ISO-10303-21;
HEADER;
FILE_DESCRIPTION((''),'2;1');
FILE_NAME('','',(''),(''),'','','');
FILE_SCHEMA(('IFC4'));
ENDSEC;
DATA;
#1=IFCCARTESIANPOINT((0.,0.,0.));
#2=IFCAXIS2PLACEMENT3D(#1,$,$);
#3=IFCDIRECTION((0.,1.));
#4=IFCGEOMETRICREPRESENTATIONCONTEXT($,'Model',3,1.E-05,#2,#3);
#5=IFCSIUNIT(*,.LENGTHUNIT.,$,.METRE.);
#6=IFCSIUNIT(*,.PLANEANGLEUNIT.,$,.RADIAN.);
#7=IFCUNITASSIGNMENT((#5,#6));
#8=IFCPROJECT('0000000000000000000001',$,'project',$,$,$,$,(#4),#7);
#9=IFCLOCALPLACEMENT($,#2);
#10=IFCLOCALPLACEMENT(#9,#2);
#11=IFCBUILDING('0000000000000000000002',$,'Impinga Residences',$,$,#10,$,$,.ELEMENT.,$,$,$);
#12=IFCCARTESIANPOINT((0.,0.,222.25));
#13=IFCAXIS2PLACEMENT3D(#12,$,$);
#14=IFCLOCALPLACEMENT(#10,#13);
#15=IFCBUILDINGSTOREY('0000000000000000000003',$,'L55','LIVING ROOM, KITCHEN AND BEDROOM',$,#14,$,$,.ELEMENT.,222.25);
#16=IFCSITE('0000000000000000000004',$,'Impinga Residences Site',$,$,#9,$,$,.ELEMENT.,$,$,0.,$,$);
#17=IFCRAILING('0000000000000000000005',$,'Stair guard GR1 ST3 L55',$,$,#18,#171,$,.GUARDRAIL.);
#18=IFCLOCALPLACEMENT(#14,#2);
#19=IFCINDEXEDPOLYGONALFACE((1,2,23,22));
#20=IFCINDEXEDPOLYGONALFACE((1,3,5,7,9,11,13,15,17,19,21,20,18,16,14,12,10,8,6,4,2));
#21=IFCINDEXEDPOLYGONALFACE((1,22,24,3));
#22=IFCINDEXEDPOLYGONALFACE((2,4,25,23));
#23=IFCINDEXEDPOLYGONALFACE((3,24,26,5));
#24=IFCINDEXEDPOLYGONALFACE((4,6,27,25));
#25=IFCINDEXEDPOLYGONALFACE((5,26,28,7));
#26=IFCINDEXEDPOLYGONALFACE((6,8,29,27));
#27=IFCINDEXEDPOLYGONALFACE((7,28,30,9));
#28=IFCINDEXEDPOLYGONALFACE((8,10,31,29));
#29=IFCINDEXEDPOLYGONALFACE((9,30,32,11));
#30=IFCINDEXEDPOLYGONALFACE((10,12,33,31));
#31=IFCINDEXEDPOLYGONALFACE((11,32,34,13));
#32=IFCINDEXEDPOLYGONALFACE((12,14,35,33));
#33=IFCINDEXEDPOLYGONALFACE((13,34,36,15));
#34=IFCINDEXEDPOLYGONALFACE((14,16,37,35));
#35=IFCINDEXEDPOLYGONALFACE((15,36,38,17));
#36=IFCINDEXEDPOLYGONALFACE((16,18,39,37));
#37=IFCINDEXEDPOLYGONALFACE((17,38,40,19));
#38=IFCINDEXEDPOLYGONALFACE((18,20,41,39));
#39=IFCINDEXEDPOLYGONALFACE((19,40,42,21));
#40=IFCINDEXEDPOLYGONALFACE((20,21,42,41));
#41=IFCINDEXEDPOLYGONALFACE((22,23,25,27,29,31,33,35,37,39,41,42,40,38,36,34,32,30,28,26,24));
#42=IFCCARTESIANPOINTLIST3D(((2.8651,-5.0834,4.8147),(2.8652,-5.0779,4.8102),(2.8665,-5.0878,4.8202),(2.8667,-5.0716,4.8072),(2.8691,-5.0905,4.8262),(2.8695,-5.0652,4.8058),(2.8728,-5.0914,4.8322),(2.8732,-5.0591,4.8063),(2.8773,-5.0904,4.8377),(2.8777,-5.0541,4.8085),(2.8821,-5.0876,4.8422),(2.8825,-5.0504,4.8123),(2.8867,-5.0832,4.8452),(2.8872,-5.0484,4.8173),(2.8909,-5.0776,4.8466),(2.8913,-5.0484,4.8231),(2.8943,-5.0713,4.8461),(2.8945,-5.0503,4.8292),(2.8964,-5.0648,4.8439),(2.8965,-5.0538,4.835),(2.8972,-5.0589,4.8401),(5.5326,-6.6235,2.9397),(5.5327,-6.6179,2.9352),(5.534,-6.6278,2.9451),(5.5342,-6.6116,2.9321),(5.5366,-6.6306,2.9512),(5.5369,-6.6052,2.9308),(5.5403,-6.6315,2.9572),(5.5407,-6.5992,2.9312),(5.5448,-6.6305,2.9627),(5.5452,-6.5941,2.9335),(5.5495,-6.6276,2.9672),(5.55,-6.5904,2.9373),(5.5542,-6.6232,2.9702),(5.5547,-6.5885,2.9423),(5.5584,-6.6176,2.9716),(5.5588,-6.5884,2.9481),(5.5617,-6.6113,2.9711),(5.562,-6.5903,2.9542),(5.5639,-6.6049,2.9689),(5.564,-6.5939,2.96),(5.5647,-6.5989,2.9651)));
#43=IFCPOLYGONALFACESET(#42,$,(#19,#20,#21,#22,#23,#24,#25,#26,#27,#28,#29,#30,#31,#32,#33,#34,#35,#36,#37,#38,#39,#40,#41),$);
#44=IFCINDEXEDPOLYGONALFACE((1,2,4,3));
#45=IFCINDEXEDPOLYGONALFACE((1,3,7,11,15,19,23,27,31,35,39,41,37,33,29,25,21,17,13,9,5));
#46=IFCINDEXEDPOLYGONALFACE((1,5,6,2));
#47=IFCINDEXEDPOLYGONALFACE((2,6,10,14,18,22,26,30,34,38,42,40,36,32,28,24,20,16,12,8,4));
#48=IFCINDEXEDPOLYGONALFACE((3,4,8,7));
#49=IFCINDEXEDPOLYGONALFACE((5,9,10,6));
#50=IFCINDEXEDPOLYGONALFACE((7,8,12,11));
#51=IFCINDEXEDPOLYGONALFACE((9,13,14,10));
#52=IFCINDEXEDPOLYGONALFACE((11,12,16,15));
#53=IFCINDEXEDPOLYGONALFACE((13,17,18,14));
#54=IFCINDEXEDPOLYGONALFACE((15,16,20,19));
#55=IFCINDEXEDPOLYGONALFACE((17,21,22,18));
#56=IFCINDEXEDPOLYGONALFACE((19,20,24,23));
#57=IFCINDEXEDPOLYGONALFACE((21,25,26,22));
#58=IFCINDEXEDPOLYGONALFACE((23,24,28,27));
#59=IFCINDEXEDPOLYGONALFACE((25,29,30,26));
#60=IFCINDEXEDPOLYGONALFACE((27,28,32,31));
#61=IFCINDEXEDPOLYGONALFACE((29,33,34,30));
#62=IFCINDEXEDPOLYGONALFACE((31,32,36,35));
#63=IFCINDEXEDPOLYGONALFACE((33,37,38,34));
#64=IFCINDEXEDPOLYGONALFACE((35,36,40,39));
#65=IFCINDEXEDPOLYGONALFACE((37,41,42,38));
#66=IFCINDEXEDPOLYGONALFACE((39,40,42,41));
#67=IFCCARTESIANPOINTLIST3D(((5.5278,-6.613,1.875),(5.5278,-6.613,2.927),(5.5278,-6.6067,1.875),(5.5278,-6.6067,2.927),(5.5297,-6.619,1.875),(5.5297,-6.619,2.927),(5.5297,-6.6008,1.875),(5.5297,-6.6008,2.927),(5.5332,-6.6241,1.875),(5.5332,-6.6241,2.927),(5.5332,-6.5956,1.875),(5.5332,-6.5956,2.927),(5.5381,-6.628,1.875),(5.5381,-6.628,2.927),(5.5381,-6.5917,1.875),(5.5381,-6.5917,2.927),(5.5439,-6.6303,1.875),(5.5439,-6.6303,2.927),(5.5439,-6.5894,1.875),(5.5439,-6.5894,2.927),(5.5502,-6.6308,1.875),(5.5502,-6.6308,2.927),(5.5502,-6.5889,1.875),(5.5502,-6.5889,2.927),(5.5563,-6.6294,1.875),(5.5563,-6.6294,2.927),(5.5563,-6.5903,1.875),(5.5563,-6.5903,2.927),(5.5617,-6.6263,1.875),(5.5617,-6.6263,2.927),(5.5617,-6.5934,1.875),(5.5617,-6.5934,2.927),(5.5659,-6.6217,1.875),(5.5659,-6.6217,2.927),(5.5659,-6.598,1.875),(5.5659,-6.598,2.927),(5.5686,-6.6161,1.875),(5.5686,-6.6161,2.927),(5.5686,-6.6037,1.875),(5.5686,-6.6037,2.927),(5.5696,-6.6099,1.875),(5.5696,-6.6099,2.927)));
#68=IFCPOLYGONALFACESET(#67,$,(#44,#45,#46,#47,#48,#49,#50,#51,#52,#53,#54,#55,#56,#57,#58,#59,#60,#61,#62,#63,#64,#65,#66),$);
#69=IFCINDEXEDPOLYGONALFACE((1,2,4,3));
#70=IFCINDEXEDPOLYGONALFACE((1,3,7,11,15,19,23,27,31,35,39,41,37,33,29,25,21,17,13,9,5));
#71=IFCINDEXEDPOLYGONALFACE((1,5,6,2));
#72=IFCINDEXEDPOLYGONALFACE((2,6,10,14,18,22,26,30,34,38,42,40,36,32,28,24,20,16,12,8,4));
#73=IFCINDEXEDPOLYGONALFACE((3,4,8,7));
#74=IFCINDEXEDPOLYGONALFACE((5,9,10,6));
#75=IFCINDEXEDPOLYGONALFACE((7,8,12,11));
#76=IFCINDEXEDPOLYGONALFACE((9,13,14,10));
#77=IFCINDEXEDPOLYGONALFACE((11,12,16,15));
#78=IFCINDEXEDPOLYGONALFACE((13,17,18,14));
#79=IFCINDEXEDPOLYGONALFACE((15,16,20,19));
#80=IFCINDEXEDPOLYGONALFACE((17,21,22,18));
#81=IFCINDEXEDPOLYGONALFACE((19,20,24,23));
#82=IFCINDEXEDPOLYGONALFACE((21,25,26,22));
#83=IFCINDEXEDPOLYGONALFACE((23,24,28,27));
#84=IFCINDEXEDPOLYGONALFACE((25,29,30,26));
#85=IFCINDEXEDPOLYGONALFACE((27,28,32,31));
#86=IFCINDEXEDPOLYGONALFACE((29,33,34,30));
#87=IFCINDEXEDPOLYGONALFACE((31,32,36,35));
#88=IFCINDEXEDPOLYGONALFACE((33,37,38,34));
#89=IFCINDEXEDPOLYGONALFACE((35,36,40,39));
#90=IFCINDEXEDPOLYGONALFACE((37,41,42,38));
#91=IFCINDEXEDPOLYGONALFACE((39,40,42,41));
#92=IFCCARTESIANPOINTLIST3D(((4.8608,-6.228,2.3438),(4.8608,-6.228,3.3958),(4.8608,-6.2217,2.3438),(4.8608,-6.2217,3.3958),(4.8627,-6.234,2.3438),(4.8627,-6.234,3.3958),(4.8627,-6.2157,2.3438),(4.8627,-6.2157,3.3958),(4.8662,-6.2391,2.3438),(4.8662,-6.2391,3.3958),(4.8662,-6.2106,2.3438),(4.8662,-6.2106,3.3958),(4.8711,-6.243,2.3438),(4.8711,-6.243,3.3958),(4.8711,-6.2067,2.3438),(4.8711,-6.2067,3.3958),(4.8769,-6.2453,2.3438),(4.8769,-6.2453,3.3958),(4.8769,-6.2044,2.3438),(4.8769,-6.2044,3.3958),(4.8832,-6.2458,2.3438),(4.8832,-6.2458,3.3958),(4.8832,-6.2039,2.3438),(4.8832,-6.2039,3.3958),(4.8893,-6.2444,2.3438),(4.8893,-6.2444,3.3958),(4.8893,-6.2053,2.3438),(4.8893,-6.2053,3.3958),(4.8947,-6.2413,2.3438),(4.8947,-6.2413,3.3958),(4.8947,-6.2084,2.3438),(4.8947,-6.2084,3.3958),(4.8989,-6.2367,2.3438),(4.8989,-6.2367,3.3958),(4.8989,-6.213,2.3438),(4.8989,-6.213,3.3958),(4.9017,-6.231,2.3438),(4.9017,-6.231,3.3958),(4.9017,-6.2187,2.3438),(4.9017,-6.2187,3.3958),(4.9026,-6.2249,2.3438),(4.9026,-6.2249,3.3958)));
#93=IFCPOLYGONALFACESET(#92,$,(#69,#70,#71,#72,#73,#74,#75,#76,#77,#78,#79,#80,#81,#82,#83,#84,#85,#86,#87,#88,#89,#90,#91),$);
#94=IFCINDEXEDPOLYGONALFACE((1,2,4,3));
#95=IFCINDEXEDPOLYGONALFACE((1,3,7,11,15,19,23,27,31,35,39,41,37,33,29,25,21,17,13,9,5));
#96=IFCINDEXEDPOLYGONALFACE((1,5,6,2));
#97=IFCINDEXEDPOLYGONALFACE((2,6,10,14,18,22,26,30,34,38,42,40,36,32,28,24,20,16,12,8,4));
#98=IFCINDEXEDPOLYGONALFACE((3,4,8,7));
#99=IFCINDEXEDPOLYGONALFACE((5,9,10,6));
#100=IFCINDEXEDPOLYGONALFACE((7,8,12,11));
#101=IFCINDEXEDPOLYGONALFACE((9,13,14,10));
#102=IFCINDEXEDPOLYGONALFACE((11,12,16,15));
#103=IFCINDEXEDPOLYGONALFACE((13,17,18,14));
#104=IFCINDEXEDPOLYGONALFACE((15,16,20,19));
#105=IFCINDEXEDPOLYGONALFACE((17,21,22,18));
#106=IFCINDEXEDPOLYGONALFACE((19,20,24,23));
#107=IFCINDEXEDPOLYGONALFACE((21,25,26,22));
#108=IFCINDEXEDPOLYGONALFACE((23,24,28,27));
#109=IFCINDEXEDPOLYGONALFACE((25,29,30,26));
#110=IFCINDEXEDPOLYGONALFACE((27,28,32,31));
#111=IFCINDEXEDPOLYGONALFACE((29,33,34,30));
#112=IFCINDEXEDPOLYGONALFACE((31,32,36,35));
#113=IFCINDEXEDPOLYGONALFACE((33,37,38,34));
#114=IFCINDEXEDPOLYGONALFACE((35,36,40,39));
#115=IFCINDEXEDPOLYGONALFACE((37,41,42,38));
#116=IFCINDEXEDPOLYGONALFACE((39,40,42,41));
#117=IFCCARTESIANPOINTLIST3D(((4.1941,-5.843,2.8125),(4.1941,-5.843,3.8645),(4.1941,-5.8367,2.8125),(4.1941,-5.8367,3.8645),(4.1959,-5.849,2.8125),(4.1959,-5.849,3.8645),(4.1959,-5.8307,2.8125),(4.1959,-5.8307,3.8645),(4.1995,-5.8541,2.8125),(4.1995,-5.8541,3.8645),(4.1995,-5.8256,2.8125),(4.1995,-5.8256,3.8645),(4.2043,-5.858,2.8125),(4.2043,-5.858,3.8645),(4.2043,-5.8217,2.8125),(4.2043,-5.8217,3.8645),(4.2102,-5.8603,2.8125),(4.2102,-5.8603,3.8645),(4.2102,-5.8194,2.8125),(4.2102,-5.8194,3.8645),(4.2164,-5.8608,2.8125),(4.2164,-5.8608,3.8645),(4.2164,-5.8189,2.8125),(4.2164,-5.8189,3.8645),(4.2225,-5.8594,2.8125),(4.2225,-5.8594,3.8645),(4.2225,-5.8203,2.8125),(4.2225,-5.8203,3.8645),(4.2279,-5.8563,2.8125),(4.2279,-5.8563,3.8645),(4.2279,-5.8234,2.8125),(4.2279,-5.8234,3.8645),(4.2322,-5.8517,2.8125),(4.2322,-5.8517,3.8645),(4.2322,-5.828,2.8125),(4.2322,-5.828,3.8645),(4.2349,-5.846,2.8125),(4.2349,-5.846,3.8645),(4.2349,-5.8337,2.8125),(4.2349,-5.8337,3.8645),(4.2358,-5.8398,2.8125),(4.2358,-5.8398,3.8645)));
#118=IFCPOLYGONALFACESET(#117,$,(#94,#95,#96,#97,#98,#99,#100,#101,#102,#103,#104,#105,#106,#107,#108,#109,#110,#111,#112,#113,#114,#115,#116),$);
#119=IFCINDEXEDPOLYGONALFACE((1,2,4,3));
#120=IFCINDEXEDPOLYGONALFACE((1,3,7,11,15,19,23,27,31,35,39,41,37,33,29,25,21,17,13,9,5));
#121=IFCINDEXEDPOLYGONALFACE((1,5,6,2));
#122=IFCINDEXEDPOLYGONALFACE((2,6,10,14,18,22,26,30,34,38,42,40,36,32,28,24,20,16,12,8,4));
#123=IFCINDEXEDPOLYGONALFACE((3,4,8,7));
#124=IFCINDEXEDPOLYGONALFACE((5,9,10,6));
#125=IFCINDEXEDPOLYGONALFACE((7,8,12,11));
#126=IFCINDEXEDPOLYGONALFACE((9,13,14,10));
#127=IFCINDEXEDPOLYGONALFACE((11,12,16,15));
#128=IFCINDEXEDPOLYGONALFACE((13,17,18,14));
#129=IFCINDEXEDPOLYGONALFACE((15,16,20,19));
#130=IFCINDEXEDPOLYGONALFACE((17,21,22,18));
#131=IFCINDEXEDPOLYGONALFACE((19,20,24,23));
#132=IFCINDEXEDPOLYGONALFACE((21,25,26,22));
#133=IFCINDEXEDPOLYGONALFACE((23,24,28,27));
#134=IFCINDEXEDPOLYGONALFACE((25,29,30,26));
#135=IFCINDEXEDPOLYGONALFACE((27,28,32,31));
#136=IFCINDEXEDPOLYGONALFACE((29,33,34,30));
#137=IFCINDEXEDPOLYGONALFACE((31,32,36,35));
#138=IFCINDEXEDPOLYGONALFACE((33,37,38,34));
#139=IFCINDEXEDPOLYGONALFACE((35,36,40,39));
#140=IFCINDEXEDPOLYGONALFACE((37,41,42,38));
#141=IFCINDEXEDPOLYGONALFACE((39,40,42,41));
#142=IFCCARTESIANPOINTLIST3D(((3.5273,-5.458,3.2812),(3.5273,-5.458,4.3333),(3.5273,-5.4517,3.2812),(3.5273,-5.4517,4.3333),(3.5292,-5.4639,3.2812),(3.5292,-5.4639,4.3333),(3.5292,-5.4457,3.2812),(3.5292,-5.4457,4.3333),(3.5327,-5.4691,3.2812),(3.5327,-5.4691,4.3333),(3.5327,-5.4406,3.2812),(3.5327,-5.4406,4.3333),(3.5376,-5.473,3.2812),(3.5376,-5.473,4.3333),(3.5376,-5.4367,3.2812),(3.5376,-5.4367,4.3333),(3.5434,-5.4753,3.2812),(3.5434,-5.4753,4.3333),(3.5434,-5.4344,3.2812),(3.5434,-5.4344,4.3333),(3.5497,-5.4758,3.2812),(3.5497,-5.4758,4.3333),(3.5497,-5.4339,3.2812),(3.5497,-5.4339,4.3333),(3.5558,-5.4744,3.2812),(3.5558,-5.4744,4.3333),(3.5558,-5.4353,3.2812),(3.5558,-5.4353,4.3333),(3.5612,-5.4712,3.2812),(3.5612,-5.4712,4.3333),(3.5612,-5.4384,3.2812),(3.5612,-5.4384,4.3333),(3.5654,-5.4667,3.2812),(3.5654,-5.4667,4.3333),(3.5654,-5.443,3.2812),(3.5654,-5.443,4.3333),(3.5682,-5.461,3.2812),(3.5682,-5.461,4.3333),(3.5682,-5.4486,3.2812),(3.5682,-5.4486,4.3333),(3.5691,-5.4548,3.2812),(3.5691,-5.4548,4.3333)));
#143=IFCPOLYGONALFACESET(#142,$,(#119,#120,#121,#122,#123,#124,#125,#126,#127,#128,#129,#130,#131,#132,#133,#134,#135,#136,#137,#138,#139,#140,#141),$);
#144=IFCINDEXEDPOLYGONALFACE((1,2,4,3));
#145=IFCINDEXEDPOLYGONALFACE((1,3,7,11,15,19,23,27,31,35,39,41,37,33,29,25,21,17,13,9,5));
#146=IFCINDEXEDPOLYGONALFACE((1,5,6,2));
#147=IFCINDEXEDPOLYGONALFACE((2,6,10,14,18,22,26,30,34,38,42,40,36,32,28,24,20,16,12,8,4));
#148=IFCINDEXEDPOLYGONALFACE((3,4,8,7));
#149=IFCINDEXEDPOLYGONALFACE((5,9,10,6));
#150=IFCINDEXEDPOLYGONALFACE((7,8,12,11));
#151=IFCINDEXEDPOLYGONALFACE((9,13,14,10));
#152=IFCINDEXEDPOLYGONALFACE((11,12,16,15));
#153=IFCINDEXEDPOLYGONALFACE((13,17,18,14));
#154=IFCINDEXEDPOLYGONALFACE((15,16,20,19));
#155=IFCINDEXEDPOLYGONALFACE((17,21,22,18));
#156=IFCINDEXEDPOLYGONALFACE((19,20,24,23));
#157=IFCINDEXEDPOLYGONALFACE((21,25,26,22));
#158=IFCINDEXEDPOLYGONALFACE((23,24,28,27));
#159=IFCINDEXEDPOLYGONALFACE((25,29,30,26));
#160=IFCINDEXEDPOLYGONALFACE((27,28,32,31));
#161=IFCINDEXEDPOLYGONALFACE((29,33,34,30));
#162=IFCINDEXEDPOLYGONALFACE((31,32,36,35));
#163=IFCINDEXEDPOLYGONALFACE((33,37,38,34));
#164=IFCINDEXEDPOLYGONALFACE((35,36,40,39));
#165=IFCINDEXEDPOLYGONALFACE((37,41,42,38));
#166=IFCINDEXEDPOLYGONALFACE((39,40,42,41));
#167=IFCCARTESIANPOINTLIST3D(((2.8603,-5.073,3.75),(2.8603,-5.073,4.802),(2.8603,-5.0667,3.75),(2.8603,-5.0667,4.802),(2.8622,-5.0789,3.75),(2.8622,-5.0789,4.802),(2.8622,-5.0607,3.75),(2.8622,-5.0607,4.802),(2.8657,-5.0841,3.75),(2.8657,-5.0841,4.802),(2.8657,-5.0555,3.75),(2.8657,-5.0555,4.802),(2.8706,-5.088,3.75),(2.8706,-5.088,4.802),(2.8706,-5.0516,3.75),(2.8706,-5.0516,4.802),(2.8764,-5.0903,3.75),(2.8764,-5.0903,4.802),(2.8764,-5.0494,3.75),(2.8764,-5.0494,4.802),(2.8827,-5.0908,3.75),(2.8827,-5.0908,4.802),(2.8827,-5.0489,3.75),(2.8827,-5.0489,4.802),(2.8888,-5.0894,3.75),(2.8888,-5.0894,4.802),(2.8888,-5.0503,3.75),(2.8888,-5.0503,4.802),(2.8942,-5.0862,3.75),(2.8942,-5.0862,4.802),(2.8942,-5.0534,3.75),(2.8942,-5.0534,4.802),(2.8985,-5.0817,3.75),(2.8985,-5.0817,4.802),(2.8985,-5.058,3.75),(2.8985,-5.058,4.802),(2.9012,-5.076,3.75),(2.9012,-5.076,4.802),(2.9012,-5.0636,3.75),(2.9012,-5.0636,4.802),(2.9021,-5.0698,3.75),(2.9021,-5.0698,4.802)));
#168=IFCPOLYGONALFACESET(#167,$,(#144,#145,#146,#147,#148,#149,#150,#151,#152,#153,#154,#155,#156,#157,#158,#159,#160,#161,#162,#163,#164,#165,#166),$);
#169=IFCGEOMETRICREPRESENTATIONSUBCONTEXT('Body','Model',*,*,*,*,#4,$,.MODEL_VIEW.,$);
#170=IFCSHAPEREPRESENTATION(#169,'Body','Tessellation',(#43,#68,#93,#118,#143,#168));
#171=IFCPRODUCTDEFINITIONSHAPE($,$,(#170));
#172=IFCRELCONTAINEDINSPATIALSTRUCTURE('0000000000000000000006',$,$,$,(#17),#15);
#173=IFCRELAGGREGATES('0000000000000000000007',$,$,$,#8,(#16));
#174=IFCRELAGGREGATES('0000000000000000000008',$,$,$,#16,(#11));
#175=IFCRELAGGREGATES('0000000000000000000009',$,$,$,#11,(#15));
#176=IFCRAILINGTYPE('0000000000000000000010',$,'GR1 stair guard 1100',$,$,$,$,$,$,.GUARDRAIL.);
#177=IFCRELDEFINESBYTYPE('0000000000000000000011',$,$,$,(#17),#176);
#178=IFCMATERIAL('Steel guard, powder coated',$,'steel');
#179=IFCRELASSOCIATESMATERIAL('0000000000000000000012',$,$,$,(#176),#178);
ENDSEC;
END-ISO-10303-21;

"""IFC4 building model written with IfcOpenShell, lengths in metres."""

from ifc_helpers import new_model, si_unit, direction, frame, origin, origin_2d, place, context, subcontext, project, spatial, circle, extrude, material, type_object, element, save


model = new_model("IFC4")

# Units and contexts
model_context = context("Model", 3, precision=1e-05, world=origin(), true_north=direction((0.0, 1.0)))
body_context = subcontext(model_context, "Body", "Model", "MODEL_VIEW")
ifc_project = project(units=[si_unit("LENGTHUNIT", "METRE"), si_unit("PLANEANGLEUNIT", "RADIAN")], contexts=[model_context])

# Site, building, storey
site_placement = place(None, origin())
site = spatial("IfcSite", under=ifc_project, at=site_placement, Name="Impinga Residences Site", CompositionType="ELEMENT", RefElevation=0.0)
building_placement = place(site_placement, origin())
building = spatial("IfcBuilding", under=site, at=building_placement, Name="Impinga Residences", CompositionType="ELEMENT")
storey_placement = place(building_placement, frame((0.0, 0.0, 222.25)))
storey = spatial("IfcBuildingStorey", under=building, at=storey_placement, Name="L55", Description="LIVING ROOM, KITCHEN AND BEDROOM", CompositionType="ELEMENT", Elevation=222.25)

# Railing
ifc_material_1 = material(Name="Steel guard, powder coated", Category="steel")
railing_type_1 = type_object("IfcRailingType", Name="GR1 stair guard 1100", PredefinedType="GUARDRAIL", material=ifc_material_1)
railing_1_placement = place(storey_placement, frame((5.5486, -6.6099, 1.875)))
element("IfcRailing", 1, at=railing_1_placement, inside=storey, type_object=railing_type_1, Name="Stair guard GR1 ST3 L55", PredefinedType="GUARDRAIL", context=body_context, shape_type="SweptSolid", body=[
    extrude(circle(Radius=0.0239, at=origin_2d()), frame((0.0, 0.0, 1.0762), z_axis=(-0.739746, 0.427084, 0.519975), x_axis=(-0.499992, -0.86603, 0.0)), (0.0, 0.0, 1.0), 3.606),
    extrude(circle(Radius=0.021, at=origin_2d()), origin(), (0.0, 0.0, 1.0), 1.052),
    extrude(circle(Radius=0.021, at=origin_2d()), frame((-0.667, 0.385, 0.4688)), (0.0, 0.0, 1.0), 1.052),
    extrude(circle(Radius=0.021, at=origin_2d()), frame((-1.3337, 0.77, 0.9375)), (0.0, 0.0, 1.0), 1.052),
    extrude(circle(Radius=0.021, at=origin_2d()), frame((-2.0005, 1.155, 1.4062)), (0.0, 0.0, 1.0), 1.052),
    extrude(circle(Radius=0.021, at=origin_2d()), frame((-2.6675, 1.54, 1.875)), (0.0, 0.0, 1.0), 1.052),
])

save(model, "model.ifc")
